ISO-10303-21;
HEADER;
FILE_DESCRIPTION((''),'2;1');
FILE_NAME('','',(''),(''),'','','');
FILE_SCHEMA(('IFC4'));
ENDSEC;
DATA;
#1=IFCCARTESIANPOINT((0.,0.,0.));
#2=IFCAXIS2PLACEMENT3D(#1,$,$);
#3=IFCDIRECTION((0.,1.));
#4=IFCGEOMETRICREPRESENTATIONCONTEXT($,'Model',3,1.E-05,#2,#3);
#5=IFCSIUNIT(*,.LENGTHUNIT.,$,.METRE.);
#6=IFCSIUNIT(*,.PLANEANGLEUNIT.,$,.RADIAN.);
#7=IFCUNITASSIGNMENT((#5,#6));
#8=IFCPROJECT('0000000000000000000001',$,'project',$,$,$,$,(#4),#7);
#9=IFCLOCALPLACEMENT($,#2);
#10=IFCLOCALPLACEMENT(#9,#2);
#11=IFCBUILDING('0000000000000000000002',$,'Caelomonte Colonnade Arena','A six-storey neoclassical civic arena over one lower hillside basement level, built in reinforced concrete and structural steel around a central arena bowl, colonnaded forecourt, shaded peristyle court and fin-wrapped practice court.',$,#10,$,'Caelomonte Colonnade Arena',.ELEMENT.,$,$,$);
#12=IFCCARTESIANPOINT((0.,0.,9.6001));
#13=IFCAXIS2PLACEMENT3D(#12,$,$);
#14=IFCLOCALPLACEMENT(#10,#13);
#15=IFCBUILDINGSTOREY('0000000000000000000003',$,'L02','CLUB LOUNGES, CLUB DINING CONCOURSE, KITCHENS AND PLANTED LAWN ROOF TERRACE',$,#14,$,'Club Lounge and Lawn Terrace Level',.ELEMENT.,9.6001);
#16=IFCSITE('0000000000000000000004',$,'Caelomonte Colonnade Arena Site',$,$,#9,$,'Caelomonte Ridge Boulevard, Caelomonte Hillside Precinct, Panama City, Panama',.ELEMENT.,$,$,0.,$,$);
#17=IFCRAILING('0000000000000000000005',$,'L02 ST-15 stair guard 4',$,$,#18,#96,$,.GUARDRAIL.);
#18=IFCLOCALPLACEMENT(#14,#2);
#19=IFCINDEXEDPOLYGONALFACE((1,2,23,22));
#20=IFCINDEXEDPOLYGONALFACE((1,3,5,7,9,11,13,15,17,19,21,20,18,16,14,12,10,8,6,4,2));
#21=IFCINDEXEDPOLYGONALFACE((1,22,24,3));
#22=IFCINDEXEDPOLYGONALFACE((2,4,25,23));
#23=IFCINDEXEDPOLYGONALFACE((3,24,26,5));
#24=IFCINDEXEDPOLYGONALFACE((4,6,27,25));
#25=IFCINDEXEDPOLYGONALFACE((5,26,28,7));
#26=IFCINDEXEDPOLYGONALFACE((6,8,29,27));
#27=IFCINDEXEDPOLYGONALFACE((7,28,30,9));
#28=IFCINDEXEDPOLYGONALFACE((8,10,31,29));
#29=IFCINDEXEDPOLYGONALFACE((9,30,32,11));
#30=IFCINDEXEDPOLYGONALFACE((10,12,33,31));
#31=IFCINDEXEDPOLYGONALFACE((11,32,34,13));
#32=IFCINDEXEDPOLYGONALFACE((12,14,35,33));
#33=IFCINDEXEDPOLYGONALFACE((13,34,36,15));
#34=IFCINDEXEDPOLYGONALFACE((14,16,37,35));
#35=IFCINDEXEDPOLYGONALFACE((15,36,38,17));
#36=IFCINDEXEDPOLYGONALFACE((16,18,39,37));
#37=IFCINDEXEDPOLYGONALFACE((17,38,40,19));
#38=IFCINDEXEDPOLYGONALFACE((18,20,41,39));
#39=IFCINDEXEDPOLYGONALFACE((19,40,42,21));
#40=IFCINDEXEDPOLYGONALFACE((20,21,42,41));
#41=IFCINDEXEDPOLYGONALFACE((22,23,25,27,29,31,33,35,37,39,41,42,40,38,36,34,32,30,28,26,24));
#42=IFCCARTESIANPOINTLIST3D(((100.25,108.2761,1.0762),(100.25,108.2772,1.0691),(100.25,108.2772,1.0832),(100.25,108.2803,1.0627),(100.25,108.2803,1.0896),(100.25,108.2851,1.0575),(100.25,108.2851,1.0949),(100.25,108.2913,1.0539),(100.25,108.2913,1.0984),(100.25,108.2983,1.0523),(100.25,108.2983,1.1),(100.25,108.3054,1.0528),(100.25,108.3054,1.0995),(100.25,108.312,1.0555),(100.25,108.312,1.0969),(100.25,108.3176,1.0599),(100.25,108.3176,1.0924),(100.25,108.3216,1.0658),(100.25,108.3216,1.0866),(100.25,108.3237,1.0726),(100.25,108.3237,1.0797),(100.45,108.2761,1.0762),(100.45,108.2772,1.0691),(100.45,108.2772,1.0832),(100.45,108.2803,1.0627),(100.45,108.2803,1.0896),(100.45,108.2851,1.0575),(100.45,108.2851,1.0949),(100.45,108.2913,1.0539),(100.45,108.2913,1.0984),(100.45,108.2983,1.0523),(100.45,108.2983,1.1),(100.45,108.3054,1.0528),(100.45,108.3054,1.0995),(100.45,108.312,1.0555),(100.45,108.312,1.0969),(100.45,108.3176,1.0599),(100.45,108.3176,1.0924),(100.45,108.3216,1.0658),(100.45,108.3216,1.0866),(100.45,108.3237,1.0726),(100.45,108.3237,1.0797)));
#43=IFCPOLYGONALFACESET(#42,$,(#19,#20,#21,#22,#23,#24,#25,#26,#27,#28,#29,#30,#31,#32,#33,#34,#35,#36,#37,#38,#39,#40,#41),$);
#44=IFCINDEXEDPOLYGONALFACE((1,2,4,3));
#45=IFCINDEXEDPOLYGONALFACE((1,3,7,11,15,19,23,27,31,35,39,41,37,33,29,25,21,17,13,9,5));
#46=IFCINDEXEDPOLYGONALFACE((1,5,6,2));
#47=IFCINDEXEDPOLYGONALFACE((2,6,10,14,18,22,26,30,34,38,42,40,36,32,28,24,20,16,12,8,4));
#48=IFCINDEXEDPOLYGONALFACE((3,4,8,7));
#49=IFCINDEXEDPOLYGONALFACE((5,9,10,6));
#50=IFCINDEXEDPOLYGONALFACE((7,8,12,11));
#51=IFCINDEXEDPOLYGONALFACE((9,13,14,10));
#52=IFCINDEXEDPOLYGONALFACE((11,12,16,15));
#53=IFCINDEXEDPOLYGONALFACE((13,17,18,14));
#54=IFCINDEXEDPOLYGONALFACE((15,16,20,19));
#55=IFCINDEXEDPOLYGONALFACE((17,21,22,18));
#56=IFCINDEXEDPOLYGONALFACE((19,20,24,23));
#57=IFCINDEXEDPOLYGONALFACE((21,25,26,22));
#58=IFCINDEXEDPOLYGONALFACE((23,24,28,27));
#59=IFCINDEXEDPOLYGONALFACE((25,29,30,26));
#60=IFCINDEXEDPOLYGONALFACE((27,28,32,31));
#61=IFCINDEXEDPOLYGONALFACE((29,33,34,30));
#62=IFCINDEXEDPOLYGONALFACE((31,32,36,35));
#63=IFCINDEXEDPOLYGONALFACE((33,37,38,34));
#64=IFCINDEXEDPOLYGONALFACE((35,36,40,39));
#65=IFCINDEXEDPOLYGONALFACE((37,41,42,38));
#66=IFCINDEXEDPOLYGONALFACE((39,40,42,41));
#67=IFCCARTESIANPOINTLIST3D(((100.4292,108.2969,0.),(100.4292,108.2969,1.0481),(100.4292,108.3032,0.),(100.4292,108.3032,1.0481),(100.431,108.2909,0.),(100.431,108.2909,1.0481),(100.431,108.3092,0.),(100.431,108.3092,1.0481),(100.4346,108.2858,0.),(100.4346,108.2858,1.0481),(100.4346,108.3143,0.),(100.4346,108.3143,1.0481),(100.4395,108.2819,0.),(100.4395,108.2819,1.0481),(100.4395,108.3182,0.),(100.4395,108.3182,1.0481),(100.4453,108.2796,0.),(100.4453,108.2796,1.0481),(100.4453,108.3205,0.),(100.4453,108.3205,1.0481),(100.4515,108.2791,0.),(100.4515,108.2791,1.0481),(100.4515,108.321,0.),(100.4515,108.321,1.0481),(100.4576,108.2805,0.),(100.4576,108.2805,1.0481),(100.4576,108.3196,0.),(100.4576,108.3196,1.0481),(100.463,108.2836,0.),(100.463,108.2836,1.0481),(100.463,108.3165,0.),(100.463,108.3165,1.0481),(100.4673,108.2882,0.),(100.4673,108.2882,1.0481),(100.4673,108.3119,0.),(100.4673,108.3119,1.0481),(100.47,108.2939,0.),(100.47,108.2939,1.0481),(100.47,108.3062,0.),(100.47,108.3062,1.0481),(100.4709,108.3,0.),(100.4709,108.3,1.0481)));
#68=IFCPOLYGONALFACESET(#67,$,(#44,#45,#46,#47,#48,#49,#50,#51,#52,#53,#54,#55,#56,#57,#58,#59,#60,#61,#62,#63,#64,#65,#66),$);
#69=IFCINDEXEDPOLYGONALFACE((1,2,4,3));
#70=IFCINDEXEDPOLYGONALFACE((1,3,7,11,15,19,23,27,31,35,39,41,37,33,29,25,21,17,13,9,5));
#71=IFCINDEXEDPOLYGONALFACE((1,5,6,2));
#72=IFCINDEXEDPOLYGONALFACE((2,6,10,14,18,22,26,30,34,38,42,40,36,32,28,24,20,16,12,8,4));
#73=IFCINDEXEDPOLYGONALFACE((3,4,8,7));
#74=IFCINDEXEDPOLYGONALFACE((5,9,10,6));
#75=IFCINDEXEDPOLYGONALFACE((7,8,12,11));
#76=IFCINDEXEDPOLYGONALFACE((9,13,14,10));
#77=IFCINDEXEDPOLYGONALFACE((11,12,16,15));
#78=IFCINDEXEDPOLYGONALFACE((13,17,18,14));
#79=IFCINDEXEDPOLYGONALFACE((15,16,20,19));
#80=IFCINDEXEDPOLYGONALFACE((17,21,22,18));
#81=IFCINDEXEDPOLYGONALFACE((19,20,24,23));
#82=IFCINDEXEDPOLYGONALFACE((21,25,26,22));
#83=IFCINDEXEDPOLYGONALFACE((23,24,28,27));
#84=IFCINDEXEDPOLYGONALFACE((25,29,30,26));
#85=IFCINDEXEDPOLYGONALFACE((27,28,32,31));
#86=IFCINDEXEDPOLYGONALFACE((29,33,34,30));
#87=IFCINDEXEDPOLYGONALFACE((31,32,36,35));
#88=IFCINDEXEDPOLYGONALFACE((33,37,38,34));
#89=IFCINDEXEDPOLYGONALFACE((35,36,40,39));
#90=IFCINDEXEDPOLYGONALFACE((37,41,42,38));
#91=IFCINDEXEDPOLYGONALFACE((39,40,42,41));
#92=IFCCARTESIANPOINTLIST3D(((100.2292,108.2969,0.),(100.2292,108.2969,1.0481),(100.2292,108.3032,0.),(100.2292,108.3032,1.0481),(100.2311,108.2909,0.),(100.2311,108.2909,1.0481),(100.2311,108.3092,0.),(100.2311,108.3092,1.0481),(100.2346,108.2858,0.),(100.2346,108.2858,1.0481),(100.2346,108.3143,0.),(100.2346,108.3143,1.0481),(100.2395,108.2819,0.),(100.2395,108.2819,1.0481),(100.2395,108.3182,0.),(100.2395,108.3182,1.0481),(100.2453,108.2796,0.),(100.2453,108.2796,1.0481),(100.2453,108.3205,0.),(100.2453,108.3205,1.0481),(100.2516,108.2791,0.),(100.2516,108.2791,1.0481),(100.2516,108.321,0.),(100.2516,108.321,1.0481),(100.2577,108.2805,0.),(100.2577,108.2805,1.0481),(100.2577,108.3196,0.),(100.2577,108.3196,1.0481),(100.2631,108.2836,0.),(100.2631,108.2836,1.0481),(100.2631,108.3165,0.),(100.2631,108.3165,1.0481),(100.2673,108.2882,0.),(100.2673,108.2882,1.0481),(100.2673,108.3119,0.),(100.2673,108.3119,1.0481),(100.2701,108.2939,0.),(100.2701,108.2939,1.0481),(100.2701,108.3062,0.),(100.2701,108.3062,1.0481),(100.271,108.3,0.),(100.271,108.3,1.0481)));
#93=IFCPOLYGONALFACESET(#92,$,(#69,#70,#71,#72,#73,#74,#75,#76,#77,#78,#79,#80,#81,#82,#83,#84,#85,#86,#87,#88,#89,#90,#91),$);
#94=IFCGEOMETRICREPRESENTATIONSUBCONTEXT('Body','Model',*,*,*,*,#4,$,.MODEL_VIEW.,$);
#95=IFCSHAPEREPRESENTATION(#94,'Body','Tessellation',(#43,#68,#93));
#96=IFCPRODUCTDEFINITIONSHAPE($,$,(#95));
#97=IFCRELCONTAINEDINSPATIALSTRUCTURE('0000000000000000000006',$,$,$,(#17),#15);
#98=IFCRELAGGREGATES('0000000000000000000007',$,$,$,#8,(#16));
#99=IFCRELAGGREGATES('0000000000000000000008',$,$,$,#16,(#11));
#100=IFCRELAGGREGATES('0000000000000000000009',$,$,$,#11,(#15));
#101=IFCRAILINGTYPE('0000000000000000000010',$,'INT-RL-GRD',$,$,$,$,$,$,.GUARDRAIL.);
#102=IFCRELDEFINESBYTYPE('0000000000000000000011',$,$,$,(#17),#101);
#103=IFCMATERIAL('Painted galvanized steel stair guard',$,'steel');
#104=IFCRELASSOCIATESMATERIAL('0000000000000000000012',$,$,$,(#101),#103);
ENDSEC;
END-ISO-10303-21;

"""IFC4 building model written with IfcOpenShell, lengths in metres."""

from ifc_helpers import new_model, si_unit, direction, frame, origin, origin_2d, place, context, subcontext, project, spatial, circle, extrude, material, type_object, element, save


model = new_model("IFC4")

# Units and contexts
model_context = context("Model", 3, precision=1e-05, world=origin(), true_north=direction((0.0, 1.0)))
body_context = subcontext(model_context, "Body", "Model", "MODEL_VIEW")
ifc_project = project(units=[si_unit("LENGTHUNIT", "METRE"), si_unit("PLANEANGLEUNIT", "RADIAN")], contexts=[model_context])

# Site, building, storey
site_placement = place(None, origin())
site = spatial("IfcSite", under=ifc_project, at=site_placement, Name="Caelomonte Colonnade Arena Site", LongName="Caelomonte Ridge Boulevard, Caelomonte Hillside Precinct, Panama City, Panama", CompositionType="ELEMENT", RefElevation=0.0)
building_placement = place(site_placement, origin())
building = spatial("IfcBuilding", under=site, at=building_placement, Name="Caelomonte Colonnade Arena", Description="A six-storey neoclassical civic arena over one lower hillside basement level, built in reinforced concrete and structural steel around a central arena bowl, colonnaded forecourt, shaded peristyle court and fin-wrapped practice court.", LongName="Caelomonte Colonnade Arena", CompositionType="ELEMENT")
storey_placement = place(building_placement, frame((0.0, 0.0, 9.6001)))
storey = spatial("IfcBuildingStorey", under=building, at=storey_placement, Name="L02", Description="CLUB LOUNGES, CLUB DINING CONCOURSE, KITCHENS AND PLANTED LAWN ROOF TERRACE", LongName="Club Lounge and Lawn Terrace Level", CompositionType="ELEMENT", Elevation=9.6001)

# Railing
ifc_material_1 = material(Name="Painted galvanized steel stair guard", Category="steel")
railing_type_1 = type_object("IfcRailingType", Name="INT-RL-GRD", PredefinedType="GUARDRAIL", material=ifc_material_1)
railing_1_placement = place(storey_placement, frame((100.45, 108.3, 0.0)))
element("IfcRailing", 1, at=railing_1_placement, inside=storey, type_object=railing_type_1, Name="L02 ST-15 stair guard 4", PredefinedType="GUARDRAIL", context=body_context, shape_type="SweptSolid", body=[
    extrude(circle(Radius=0.0239, at=origin_2d()), frame((0.0, 0.0, 1.0762), z_axis=(-1.0, 0.0, 0.0), x_axis=(0.0, -1.0, 0.0)), (0.0, 0.0, 1.0), 0.2),
    extrude(circle(Radius=0.021, at=origin_2d()), origin(), (0.0, 0.0, 1.0), 1.0481),
    extrude(circle(Radius=0.021, at=origin_2d()), frame((-0.2, 0.0, 0.0)), (0.0, 0.0, 1.0), 1.0481),
])

save(model, "model.ifc")
